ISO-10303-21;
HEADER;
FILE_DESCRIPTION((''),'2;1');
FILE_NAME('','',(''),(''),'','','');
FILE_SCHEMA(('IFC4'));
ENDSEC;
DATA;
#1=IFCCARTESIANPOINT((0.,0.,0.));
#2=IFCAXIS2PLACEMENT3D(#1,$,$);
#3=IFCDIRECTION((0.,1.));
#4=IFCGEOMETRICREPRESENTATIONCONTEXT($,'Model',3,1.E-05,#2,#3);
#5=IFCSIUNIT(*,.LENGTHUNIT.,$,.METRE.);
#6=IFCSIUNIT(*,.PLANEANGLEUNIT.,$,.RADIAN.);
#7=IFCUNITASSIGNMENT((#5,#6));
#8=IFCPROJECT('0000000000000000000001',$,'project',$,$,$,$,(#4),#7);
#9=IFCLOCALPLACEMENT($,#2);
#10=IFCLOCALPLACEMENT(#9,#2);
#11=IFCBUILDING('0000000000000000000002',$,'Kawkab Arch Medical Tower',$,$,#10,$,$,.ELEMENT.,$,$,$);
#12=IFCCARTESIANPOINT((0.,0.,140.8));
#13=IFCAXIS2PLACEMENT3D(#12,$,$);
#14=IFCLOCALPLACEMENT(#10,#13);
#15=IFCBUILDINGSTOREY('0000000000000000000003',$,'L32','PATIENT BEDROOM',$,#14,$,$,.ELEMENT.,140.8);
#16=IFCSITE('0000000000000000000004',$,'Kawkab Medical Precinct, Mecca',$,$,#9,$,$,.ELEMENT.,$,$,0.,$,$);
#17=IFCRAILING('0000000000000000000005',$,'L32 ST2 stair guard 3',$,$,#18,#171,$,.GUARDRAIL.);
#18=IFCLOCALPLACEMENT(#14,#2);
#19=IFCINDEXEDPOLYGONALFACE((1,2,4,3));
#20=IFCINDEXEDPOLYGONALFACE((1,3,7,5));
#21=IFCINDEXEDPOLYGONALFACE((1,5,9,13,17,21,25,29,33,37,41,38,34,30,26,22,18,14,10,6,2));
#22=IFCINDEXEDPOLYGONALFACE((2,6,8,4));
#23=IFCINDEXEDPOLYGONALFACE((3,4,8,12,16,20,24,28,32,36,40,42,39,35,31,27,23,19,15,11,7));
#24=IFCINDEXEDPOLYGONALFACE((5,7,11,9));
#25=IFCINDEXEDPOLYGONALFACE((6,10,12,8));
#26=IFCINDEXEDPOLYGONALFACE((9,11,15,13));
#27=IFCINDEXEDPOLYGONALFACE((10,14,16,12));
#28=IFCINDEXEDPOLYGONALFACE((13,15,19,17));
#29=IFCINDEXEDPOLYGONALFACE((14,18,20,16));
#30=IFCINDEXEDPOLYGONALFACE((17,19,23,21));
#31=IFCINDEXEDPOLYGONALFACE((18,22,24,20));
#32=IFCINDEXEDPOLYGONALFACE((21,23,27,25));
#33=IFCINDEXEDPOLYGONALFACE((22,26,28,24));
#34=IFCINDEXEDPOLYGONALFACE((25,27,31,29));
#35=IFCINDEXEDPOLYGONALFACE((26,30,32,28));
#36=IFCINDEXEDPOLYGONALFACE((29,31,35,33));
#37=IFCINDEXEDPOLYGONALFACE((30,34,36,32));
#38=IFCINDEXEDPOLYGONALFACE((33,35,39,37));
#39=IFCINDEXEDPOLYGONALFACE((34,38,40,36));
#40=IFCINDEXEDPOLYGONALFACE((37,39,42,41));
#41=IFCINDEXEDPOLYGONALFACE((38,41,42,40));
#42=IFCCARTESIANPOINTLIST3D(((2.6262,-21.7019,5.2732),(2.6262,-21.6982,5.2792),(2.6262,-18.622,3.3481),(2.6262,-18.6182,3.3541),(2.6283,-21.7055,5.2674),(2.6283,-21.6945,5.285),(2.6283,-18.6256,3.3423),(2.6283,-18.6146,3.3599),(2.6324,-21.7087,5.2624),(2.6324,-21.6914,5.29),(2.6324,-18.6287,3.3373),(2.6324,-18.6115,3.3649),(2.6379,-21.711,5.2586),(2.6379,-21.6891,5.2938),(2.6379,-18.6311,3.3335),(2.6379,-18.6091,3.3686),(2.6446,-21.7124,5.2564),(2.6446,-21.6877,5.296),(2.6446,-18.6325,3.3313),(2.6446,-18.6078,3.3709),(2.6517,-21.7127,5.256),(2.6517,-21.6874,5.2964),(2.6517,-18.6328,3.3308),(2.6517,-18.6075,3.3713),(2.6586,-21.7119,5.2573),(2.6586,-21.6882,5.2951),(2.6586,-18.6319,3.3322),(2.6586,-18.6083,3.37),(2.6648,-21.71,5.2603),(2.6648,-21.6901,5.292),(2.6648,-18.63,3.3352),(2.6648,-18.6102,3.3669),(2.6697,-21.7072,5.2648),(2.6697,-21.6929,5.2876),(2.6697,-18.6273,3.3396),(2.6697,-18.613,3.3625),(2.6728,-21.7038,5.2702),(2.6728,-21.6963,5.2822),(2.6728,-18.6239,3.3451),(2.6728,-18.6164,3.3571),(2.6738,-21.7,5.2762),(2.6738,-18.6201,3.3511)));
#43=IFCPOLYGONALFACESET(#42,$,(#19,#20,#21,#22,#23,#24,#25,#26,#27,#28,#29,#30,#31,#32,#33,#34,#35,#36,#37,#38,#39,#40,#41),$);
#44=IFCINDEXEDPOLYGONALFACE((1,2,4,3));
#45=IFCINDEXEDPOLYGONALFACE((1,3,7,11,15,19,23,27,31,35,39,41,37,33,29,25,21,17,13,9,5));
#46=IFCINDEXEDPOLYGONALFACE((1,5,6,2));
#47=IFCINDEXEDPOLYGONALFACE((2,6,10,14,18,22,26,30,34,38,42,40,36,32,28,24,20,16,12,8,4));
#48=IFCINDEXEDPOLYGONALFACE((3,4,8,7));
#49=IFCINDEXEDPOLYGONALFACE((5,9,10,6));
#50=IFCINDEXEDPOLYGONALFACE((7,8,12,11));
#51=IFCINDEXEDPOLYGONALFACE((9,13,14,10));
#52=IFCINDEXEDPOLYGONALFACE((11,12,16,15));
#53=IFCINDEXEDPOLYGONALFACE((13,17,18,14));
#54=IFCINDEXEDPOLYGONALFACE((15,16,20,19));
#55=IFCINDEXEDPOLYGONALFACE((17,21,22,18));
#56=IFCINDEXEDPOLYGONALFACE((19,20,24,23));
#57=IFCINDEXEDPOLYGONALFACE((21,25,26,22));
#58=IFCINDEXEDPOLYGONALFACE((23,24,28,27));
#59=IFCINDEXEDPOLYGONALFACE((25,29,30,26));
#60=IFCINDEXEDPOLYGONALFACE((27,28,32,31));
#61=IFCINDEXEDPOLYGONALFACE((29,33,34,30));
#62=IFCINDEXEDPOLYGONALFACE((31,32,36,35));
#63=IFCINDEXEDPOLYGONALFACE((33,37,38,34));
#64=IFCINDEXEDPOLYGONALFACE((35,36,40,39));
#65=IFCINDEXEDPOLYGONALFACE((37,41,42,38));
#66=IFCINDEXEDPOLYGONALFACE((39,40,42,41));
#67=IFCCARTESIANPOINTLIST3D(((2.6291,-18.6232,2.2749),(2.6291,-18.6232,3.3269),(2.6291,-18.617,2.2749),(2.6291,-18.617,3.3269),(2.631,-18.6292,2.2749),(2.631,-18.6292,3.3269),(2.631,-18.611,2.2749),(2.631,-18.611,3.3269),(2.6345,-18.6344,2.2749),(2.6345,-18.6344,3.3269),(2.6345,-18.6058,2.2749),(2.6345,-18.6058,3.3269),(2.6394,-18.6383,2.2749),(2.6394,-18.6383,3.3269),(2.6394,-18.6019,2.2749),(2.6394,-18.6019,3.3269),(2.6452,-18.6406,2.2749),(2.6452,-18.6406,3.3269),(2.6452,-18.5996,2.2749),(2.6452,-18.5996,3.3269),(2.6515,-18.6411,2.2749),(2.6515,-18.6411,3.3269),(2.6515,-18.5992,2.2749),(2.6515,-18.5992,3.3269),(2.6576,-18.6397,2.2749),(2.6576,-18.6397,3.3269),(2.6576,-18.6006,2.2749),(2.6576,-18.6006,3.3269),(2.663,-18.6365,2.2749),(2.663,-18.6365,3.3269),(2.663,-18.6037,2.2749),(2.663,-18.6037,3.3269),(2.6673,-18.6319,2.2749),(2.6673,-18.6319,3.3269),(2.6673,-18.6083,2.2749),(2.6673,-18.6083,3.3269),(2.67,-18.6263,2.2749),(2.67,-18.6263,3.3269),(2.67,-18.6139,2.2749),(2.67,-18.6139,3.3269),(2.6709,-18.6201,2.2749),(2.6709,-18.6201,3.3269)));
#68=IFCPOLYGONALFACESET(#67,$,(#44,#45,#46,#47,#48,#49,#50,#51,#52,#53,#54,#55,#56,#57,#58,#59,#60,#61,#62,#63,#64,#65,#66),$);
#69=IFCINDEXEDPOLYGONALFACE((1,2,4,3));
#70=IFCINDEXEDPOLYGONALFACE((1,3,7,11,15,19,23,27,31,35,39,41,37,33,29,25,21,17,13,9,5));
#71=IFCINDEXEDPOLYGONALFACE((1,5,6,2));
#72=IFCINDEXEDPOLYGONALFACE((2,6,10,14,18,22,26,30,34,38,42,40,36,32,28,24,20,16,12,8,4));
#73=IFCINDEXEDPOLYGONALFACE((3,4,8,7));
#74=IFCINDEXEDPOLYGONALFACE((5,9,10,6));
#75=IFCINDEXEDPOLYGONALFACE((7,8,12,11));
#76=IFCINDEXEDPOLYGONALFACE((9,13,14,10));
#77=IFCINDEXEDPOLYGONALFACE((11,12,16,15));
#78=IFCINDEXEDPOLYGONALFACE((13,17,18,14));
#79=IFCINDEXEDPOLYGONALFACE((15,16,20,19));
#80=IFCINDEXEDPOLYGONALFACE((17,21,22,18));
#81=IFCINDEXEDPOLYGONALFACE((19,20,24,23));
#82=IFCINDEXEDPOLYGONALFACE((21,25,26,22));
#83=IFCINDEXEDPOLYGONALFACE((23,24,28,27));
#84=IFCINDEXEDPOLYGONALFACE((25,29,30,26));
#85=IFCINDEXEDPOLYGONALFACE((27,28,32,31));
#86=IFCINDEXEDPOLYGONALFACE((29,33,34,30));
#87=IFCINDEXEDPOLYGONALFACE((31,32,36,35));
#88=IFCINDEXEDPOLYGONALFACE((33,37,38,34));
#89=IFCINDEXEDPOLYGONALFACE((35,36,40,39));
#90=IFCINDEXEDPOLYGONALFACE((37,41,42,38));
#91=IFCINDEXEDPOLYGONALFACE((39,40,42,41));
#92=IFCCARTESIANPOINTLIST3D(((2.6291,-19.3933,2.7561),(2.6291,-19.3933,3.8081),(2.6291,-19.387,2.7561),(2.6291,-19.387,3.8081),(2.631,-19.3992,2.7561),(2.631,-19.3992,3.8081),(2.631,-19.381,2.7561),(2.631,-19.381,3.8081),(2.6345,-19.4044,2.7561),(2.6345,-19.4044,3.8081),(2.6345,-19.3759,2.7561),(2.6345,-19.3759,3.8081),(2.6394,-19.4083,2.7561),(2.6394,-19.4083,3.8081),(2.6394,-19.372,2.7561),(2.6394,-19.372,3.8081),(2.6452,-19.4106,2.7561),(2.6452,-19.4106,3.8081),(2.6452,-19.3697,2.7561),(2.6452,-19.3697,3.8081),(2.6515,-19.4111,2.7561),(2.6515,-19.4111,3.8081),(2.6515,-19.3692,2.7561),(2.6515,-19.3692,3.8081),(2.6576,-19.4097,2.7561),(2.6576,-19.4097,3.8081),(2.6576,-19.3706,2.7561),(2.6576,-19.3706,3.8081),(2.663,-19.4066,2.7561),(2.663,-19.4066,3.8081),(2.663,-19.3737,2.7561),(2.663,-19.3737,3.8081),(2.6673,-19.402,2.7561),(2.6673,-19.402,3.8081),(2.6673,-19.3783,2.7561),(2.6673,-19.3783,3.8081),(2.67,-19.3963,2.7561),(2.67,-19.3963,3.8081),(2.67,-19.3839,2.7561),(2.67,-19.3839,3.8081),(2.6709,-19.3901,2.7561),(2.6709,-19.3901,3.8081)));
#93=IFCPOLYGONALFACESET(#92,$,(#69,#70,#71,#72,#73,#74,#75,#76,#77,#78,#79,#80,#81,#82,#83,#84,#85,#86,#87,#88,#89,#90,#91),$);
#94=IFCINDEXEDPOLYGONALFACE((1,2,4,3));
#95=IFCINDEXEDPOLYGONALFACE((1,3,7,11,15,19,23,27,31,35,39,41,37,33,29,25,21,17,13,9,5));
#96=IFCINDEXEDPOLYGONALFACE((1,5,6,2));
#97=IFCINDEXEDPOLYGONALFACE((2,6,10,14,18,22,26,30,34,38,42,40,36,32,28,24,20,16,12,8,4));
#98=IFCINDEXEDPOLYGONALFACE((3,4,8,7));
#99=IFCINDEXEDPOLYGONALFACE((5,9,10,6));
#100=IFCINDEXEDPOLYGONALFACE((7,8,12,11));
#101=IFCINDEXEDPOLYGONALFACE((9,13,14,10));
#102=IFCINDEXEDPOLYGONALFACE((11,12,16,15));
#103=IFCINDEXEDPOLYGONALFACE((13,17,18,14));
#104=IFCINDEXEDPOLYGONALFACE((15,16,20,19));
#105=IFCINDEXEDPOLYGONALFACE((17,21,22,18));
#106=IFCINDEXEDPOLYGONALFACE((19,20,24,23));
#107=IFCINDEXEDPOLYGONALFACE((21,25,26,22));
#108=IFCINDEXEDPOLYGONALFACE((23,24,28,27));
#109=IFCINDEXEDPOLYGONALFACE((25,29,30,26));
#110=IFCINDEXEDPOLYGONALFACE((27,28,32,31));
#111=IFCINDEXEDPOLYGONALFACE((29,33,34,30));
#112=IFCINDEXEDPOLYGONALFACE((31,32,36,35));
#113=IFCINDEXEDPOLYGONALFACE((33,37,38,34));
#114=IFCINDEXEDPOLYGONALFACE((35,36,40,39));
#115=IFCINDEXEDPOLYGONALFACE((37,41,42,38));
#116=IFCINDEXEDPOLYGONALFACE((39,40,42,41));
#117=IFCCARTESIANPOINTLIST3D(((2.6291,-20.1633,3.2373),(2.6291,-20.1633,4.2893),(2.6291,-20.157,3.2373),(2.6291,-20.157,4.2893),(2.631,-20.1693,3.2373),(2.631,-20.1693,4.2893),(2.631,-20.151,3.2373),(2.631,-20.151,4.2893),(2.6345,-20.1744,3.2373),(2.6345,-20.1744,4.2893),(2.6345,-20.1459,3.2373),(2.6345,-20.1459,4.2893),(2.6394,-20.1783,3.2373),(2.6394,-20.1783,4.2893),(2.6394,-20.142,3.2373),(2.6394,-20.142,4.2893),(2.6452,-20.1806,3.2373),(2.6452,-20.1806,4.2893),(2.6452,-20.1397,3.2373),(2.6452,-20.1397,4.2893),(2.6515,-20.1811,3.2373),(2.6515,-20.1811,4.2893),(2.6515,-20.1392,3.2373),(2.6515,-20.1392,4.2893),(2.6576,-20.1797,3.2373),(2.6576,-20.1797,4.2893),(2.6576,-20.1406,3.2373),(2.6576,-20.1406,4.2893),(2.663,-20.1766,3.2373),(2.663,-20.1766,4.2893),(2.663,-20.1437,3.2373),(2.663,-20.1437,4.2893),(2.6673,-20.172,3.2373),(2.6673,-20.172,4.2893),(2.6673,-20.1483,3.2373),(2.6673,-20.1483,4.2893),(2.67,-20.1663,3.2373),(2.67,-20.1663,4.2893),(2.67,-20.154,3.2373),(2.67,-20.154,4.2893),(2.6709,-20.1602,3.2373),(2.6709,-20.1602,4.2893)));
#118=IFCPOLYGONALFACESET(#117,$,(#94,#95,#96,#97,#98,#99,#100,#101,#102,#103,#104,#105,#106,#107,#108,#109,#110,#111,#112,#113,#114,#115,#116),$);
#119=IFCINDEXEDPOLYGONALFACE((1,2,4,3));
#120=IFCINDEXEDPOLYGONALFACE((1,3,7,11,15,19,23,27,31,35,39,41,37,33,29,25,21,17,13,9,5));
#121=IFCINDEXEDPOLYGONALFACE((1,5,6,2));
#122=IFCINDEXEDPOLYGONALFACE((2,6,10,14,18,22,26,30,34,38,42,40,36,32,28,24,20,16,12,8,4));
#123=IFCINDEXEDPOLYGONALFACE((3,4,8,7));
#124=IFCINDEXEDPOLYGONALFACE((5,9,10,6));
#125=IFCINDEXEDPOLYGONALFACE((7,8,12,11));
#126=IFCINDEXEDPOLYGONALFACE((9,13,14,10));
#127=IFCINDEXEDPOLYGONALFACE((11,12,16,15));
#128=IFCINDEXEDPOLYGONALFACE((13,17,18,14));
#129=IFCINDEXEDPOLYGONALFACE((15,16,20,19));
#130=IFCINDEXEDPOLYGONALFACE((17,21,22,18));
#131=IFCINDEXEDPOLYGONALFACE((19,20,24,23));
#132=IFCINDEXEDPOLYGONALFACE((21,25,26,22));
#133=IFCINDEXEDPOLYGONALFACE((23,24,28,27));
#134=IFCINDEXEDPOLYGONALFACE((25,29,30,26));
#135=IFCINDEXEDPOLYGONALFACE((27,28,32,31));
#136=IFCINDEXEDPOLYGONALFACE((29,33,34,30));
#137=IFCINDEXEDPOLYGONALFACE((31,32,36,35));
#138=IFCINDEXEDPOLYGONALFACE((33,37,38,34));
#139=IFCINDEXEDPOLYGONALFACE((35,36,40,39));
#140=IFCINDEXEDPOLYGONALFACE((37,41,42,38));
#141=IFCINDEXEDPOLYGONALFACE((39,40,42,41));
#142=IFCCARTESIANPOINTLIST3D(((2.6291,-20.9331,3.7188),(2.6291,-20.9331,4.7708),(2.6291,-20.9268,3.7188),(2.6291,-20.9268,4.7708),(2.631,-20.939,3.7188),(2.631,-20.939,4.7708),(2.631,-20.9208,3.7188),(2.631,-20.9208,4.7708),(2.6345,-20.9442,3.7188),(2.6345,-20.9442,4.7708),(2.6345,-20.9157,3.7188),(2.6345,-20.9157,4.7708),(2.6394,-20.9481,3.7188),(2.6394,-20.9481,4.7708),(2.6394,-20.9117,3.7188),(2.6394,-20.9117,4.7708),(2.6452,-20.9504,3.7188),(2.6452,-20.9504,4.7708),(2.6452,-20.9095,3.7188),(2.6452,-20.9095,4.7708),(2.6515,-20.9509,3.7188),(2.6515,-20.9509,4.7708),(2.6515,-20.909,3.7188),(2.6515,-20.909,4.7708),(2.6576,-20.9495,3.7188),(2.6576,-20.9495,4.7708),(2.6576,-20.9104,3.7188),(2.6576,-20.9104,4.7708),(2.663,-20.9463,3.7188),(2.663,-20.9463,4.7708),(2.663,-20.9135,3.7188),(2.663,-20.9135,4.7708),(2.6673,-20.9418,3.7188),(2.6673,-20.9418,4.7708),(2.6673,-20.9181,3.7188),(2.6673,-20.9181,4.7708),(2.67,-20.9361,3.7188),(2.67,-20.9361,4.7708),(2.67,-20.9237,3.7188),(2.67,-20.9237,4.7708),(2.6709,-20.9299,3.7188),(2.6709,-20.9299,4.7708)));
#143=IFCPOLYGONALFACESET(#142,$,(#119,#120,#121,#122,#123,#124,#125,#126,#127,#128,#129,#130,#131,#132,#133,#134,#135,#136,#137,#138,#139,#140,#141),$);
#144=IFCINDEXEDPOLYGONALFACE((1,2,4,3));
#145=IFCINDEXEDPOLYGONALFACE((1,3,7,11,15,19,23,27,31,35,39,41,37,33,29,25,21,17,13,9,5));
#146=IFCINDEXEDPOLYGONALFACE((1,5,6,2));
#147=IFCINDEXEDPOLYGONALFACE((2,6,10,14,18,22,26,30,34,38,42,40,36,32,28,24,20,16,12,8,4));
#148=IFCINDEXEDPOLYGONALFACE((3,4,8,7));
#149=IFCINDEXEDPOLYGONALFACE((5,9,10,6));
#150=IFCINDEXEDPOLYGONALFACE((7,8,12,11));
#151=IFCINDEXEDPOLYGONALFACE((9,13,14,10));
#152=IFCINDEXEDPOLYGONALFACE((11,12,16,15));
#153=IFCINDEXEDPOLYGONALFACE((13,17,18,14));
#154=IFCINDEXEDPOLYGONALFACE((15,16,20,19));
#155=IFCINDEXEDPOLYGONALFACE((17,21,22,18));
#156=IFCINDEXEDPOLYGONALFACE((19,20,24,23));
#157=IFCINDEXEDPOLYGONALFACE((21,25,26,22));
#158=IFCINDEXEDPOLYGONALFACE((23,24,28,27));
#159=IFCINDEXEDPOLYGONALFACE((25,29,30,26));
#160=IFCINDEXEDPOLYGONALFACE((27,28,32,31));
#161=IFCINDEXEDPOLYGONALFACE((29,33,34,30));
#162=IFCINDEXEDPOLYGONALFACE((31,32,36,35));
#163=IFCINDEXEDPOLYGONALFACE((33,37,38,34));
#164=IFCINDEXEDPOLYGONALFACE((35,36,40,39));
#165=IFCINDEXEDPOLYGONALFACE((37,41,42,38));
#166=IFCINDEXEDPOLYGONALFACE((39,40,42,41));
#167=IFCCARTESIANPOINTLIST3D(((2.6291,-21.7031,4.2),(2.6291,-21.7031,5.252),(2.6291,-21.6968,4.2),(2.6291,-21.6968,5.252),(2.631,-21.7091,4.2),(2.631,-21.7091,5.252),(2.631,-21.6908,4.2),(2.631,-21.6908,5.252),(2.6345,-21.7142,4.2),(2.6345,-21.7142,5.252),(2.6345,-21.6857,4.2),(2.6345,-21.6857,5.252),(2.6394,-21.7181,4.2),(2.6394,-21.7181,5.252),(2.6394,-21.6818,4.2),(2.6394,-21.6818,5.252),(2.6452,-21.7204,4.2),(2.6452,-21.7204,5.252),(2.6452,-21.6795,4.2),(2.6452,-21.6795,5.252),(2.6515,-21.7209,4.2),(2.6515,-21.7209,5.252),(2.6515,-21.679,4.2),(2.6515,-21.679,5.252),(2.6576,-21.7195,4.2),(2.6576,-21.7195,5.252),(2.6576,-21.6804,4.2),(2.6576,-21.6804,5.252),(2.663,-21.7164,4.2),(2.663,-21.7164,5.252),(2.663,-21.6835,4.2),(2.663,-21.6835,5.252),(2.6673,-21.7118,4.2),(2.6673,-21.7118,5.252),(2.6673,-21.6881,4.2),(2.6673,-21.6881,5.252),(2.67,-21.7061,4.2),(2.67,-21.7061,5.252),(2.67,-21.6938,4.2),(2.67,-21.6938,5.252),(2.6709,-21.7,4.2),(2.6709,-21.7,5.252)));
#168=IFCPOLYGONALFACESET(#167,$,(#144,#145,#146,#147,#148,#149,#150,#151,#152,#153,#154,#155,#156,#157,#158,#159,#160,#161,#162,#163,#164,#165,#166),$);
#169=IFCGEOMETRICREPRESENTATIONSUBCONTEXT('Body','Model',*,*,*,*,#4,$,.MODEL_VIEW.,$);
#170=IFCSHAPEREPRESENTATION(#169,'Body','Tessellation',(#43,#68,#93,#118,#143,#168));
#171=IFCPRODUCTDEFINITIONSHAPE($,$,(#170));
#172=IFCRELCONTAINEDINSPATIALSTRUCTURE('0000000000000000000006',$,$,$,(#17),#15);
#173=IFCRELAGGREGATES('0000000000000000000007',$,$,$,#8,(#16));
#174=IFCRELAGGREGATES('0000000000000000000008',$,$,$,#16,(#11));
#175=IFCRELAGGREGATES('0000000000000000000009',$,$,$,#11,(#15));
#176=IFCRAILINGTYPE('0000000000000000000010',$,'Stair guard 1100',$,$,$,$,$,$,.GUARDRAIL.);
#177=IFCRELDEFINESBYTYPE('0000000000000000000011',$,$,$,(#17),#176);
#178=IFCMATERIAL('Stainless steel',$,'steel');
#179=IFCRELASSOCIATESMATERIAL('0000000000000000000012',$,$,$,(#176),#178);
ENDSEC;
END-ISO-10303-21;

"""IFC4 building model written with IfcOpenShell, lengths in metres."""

from ifc_helpers import new_model, si_unit, direction, frame, origin, origin_2d, place, context, subcontext, project, spatial, circle, extrude, material, type_object, element, save


model = new_model("IFC4")

# Units and contexts
model_context = context("Model", 3, precision=1e-05, world=origin(), true_north=direction((0.0, 1.0)))
body_context = subcontext(model_context, "Body", "Model", "MODEL_VIEW")
ifc_project = project(units=[si_unit("LENGTHUNIT", "METRE"), si_unit("PLANEANGLEUNIT", "RADIAN")], contexts=[model_context])

# Site, building, storey
site_placement = place(None, origin())
site = spatial("IfcSite", under=ifc_project, at=site_placement, Name="Kawkab Medical Precinct, Mecca", CompositionType="ELEMENT", RefElevation=0.0)
building_placement = place(site_placement, origin())
building = spatial("IfcBuilding", under=site, at=building_placement, Name="Kawkab Arch Medical Tower", CompositionType="ELEMENT")
storey_placement = place(building_placement, frame((0.0, 0.0, 140.8)))
storey = spatial("IfcBuildingStorey", under=building, at=storey_placement, Name="L32", Description="PATIENT BEDROOM", CompositionType="ELEMENT", Elevation=140.8)

# Railing
ifc_material_1 = material(Name="Stainless steel", Category="steel")
railing_type = type_object("IfcRailingType", Name="Stair guard 1100", PredefinedType="GUARDRAIL", material=ifc_material_1)
railing_1_placement = place(storey_placement, frame((2.6499, -18.6201, 2.2749)))
element("IfcRailing", 1, at=railing_1_placement, inside=storey, type_object=railing_type, Name="L32 ST2 stair guard 3", PredefinedType="GUARDRAIL", context=body_context, shape_type="SweptSolid", body=[
    extrude(circle(Radius=0.0239, at=origin_2d()), frame((0.0, 0.0, 1.0762), z_axis=(0.0, -0.847979, 0.530029), x_axis=(1.0, 0.0, 0.0)), (0.0, 0.0, 1.0), 3.6321),
    extrude(circle(Radius=0.021, at=origin_2d()), origin(), (0.0, 0.0, 1.0), 1.052),
    extrude(circle(Radius=0.021, at=origin_2d()), frame((0.0, -0.77, 0.4812)), (0.0, 0.0, 1.0), 1.052),
    extrude(circle(Radius=0.021, at=origin_2d()), frame((0.0, -1.54, 0.9624)), (0.0, 0.0, 1.0), 1.052),
    extrude(circle(Radius=0.021, at=origin_2d()), frame((0.0, -2.3098, 1.4438)), (0.0, 0.0, 1.0), 1.052),
    extrude(circle(Radius=0.021, at=origin_2d()), frame((0.0, -3.0798, 1.925)), (0.0, 0.0, 1.0), 1.052),
])

save(model, "model.ifc")
